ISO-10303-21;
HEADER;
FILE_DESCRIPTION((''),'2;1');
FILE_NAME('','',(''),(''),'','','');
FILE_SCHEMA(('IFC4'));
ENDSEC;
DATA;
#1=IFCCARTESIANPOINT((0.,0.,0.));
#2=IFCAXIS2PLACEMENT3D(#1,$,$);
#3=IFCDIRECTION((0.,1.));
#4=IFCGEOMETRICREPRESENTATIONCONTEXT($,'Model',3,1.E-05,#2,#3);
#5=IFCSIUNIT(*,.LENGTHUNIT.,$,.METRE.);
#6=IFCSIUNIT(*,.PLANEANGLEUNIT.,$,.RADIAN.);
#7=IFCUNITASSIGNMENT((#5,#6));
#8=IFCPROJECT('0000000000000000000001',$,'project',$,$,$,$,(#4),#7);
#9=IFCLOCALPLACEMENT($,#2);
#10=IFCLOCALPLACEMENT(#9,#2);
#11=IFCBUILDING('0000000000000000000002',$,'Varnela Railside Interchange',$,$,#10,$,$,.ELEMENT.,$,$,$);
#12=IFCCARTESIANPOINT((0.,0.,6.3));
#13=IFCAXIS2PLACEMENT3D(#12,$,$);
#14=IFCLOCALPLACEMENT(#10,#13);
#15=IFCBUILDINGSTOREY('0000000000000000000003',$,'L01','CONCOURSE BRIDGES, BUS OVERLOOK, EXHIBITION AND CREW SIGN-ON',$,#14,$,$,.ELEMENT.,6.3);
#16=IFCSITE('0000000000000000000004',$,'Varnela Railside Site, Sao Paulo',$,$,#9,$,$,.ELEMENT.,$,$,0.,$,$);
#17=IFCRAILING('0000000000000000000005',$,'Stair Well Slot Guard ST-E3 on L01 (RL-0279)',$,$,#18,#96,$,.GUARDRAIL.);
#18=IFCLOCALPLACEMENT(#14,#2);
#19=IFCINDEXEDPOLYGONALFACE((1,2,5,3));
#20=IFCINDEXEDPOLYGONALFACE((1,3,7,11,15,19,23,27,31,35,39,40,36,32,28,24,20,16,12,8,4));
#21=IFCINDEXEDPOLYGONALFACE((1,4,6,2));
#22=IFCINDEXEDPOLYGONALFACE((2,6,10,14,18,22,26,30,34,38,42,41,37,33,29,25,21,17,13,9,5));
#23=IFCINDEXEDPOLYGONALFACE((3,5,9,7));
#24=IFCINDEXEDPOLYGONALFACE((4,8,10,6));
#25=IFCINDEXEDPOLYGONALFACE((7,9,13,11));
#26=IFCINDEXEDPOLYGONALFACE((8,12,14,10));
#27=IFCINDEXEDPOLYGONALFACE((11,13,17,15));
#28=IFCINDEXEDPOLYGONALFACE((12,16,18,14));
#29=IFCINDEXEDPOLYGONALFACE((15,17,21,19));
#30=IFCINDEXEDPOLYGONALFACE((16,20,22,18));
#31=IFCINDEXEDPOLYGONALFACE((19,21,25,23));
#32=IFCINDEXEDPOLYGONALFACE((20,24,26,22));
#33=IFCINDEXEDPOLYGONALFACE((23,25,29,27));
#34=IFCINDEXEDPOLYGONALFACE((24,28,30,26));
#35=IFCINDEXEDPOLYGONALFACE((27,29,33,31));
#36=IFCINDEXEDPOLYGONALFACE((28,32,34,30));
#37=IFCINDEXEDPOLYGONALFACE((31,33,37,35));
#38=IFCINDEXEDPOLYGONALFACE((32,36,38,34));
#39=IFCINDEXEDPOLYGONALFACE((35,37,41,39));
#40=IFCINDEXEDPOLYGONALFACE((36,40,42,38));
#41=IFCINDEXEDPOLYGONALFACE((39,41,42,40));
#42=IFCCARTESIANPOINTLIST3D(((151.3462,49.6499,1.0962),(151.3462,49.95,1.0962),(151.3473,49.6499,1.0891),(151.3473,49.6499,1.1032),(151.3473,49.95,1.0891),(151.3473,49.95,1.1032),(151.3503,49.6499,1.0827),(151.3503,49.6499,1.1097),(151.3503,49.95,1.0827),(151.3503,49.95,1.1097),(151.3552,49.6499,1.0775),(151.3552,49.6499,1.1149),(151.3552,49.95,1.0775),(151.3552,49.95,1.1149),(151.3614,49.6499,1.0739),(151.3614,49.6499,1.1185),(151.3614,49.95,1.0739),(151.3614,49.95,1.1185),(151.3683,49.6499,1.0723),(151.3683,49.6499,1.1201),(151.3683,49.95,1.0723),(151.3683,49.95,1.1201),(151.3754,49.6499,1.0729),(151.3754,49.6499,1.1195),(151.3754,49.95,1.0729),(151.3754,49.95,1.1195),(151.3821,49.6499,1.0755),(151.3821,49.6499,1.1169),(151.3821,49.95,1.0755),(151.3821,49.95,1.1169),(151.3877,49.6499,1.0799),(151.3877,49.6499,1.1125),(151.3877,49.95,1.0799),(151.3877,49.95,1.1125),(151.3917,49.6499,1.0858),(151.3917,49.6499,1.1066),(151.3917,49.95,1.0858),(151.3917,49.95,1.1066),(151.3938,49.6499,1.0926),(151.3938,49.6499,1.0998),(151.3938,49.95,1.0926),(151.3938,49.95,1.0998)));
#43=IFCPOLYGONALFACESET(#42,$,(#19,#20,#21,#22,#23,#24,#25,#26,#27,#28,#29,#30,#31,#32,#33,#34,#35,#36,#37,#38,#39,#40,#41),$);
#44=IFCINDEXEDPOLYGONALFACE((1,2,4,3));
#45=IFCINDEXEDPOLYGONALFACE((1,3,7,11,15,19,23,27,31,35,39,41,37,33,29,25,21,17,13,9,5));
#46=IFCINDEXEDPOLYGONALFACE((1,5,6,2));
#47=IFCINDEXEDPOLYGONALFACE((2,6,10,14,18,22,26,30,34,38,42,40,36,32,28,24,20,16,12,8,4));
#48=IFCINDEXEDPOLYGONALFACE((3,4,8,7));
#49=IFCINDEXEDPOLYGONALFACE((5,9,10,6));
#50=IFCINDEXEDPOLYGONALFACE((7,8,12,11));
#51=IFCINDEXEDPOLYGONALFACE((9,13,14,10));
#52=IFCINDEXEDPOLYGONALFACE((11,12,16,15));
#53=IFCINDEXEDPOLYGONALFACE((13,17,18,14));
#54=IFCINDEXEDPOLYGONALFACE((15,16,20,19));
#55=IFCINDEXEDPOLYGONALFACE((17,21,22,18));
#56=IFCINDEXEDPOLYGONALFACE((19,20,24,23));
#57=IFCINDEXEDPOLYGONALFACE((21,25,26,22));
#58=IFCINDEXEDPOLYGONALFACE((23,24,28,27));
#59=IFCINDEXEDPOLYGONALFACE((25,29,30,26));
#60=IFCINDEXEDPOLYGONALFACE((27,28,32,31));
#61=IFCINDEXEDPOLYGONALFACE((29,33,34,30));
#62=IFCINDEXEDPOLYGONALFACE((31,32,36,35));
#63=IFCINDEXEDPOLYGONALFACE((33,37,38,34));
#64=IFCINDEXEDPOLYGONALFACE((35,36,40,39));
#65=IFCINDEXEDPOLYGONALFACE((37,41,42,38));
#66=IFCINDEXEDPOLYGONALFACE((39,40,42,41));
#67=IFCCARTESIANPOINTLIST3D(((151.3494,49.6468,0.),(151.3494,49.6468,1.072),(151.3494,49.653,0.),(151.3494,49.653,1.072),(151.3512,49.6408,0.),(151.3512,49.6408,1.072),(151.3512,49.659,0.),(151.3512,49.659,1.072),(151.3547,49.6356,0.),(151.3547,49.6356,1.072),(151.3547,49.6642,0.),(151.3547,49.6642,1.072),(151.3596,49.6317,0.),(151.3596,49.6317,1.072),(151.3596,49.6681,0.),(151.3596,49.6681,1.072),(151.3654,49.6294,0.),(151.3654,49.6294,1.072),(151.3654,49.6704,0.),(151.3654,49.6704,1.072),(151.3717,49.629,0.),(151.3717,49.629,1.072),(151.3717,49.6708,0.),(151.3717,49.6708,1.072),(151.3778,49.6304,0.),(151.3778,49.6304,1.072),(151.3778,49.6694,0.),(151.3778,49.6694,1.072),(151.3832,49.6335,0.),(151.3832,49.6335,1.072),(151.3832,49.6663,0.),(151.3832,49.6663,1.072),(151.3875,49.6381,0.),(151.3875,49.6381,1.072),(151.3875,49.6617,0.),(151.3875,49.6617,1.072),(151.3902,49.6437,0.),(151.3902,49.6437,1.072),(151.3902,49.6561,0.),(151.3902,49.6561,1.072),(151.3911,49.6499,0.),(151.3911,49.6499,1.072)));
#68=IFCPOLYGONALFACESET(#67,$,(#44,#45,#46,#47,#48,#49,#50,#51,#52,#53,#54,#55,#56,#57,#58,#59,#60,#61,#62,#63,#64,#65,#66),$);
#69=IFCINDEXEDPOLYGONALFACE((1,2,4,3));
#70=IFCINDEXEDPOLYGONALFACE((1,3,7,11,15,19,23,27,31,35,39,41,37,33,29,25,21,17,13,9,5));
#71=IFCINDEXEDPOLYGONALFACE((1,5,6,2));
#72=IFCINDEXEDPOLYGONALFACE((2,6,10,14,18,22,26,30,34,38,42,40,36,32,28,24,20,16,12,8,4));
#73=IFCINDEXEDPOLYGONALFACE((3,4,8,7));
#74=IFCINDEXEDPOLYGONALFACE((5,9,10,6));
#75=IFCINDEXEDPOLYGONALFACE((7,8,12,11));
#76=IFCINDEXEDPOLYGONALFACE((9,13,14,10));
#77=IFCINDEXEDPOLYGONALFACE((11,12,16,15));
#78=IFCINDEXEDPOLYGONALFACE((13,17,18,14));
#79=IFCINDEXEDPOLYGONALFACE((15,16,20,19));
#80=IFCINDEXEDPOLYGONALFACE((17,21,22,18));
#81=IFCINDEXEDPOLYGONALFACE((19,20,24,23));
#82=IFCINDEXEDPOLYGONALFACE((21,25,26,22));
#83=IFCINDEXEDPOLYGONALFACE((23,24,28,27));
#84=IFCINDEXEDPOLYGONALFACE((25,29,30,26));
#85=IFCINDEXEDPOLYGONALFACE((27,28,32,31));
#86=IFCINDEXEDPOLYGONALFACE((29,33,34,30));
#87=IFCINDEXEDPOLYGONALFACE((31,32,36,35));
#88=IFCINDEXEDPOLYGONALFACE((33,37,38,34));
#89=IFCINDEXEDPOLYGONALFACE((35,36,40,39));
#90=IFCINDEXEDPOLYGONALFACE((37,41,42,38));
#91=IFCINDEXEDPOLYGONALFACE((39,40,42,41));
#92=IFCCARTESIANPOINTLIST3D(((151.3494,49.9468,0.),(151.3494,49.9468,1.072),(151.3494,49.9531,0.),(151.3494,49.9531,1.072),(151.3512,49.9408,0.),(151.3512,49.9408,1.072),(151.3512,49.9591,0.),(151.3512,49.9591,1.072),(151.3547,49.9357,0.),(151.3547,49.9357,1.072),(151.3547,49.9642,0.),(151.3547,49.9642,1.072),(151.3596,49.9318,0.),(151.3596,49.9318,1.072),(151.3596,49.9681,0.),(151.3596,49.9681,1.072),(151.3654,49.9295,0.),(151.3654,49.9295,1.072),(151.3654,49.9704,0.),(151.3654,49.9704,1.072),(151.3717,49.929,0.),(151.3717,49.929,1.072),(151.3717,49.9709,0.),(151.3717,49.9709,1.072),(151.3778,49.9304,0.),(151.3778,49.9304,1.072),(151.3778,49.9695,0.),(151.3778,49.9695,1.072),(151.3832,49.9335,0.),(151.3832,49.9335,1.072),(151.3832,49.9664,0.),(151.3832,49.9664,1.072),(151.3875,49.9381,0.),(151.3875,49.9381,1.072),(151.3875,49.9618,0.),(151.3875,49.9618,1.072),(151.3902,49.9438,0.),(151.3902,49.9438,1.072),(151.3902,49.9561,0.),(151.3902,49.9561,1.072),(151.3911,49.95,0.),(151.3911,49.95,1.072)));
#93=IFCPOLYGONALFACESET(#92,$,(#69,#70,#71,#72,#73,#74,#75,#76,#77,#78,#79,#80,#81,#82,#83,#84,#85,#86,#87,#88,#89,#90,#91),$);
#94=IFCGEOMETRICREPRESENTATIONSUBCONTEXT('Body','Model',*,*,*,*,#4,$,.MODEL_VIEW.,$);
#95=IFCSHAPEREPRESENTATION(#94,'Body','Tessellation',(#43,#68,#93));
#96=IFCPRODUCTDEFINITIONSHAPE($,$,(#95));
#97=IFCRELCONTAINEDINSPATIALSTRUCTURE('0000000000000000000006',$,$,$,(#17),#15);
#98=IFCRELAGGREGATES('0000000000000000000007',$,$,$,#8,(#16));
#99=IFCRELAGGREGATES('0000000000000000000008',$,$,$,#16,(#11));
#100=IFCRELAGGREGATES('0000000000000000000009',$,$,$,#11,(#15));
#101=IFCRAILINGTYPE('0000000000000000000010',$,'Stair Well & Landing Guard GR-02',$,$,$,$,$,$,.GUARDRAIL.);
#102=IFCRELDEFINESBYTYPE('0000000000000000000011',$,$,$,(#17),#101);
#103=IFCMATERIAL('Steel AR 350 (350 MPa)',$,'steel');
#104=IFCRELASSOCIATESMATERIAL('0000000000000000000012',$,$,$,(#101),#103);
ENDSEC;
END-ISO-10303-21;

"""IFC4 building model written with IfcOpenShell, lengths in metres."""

from ifc_helpers import new_model, si_unit, direction, frame, origin, origin_2d, place, context, subcontext, project, spatial, circle, extrude, material, type_object, element, save


model = new_model("IFC4")

# Units and contexts
model_context = context("Model", 3, precision=1e-05, world=origin(), true_north=direction((0.0, 1.0)))
body_context = subcontext(model_context, "Body", "Model", "MODEL_VIEW")
ifc_project = project(units=[si_unit("LENGTHUNIT", "METRE"), si_unit("PLANEANGLEUNIT", "RADIAN")], contexts=[model_context])

# Site, building, storey
site_placement = place(None, origin())
site = spatial("IfcSite", under=ifc_project, at=site_placement, Name="Varnela Railside Site, Sao Paulo", CompositionType="ELEMENT", RefElevation=0.0)
building_placement = place(site_placement, origin())
building = spatial("IfcBuilding", under=site, at=building_placement, Name="Varnela Railside Interchange", CompositionType="ELEMENT")
storey_placement = place(building_placement, frame((0.0, 0.0, 6.3)))
storey = spatial("IfcBuildingStorey", under=building, at=storey_placement, Name="L01", Description="CONCOURSE BRIDGES, BUS OVERLOOK, EXHIBITION AND CREW SIGN-ON", CompositionType="ELEMENT", Elevation=6.3)

# Shared definitions
ifc_material_1 = material(Name="Steel AR 350 (350 MPa)", Category="steel")

# Railing
railing_type_1 = type_object("IfcRailingType", Name="Stair Well & Landing Guard GR-02", PredefinedType="GUARDRAIL", material=ifc_material_1)
railing_1_placement = place(storey_placement, frame((151.3701, 49.6499, 0.0)))
element("IfcRailing", 1, at=railing_1_placement, inside=storey, type_object=railing_type_1, Name="Stair Well Slot Guard ST-E3 on L01 (RL-0279)", PredefinedType="GUARDRAIL", context=body_context, shape_type="SweptSolid", body=[
    extrude(circle(Radius=0.0239, at=origin_2d()), frame((0.0, 0.0, 1.0962), z_axis=(0.0, 1.0, 0.0), x_axis=(-1.0, 0.0, 0.0)), (0.0, 0.0, 1.0), 0.3),
    extrude(circle(Radius=0.021, at=origin_2d()), origin(), (0.0, 0.0, 1.0), 1.072),
    extrude(circle(Radius=0.021, at=origin_2d()), frame((0.0, 0.3, 0.0)), (0.0, 0.0, 1.0), 1.072),
])

save(model, "model.ifc")
